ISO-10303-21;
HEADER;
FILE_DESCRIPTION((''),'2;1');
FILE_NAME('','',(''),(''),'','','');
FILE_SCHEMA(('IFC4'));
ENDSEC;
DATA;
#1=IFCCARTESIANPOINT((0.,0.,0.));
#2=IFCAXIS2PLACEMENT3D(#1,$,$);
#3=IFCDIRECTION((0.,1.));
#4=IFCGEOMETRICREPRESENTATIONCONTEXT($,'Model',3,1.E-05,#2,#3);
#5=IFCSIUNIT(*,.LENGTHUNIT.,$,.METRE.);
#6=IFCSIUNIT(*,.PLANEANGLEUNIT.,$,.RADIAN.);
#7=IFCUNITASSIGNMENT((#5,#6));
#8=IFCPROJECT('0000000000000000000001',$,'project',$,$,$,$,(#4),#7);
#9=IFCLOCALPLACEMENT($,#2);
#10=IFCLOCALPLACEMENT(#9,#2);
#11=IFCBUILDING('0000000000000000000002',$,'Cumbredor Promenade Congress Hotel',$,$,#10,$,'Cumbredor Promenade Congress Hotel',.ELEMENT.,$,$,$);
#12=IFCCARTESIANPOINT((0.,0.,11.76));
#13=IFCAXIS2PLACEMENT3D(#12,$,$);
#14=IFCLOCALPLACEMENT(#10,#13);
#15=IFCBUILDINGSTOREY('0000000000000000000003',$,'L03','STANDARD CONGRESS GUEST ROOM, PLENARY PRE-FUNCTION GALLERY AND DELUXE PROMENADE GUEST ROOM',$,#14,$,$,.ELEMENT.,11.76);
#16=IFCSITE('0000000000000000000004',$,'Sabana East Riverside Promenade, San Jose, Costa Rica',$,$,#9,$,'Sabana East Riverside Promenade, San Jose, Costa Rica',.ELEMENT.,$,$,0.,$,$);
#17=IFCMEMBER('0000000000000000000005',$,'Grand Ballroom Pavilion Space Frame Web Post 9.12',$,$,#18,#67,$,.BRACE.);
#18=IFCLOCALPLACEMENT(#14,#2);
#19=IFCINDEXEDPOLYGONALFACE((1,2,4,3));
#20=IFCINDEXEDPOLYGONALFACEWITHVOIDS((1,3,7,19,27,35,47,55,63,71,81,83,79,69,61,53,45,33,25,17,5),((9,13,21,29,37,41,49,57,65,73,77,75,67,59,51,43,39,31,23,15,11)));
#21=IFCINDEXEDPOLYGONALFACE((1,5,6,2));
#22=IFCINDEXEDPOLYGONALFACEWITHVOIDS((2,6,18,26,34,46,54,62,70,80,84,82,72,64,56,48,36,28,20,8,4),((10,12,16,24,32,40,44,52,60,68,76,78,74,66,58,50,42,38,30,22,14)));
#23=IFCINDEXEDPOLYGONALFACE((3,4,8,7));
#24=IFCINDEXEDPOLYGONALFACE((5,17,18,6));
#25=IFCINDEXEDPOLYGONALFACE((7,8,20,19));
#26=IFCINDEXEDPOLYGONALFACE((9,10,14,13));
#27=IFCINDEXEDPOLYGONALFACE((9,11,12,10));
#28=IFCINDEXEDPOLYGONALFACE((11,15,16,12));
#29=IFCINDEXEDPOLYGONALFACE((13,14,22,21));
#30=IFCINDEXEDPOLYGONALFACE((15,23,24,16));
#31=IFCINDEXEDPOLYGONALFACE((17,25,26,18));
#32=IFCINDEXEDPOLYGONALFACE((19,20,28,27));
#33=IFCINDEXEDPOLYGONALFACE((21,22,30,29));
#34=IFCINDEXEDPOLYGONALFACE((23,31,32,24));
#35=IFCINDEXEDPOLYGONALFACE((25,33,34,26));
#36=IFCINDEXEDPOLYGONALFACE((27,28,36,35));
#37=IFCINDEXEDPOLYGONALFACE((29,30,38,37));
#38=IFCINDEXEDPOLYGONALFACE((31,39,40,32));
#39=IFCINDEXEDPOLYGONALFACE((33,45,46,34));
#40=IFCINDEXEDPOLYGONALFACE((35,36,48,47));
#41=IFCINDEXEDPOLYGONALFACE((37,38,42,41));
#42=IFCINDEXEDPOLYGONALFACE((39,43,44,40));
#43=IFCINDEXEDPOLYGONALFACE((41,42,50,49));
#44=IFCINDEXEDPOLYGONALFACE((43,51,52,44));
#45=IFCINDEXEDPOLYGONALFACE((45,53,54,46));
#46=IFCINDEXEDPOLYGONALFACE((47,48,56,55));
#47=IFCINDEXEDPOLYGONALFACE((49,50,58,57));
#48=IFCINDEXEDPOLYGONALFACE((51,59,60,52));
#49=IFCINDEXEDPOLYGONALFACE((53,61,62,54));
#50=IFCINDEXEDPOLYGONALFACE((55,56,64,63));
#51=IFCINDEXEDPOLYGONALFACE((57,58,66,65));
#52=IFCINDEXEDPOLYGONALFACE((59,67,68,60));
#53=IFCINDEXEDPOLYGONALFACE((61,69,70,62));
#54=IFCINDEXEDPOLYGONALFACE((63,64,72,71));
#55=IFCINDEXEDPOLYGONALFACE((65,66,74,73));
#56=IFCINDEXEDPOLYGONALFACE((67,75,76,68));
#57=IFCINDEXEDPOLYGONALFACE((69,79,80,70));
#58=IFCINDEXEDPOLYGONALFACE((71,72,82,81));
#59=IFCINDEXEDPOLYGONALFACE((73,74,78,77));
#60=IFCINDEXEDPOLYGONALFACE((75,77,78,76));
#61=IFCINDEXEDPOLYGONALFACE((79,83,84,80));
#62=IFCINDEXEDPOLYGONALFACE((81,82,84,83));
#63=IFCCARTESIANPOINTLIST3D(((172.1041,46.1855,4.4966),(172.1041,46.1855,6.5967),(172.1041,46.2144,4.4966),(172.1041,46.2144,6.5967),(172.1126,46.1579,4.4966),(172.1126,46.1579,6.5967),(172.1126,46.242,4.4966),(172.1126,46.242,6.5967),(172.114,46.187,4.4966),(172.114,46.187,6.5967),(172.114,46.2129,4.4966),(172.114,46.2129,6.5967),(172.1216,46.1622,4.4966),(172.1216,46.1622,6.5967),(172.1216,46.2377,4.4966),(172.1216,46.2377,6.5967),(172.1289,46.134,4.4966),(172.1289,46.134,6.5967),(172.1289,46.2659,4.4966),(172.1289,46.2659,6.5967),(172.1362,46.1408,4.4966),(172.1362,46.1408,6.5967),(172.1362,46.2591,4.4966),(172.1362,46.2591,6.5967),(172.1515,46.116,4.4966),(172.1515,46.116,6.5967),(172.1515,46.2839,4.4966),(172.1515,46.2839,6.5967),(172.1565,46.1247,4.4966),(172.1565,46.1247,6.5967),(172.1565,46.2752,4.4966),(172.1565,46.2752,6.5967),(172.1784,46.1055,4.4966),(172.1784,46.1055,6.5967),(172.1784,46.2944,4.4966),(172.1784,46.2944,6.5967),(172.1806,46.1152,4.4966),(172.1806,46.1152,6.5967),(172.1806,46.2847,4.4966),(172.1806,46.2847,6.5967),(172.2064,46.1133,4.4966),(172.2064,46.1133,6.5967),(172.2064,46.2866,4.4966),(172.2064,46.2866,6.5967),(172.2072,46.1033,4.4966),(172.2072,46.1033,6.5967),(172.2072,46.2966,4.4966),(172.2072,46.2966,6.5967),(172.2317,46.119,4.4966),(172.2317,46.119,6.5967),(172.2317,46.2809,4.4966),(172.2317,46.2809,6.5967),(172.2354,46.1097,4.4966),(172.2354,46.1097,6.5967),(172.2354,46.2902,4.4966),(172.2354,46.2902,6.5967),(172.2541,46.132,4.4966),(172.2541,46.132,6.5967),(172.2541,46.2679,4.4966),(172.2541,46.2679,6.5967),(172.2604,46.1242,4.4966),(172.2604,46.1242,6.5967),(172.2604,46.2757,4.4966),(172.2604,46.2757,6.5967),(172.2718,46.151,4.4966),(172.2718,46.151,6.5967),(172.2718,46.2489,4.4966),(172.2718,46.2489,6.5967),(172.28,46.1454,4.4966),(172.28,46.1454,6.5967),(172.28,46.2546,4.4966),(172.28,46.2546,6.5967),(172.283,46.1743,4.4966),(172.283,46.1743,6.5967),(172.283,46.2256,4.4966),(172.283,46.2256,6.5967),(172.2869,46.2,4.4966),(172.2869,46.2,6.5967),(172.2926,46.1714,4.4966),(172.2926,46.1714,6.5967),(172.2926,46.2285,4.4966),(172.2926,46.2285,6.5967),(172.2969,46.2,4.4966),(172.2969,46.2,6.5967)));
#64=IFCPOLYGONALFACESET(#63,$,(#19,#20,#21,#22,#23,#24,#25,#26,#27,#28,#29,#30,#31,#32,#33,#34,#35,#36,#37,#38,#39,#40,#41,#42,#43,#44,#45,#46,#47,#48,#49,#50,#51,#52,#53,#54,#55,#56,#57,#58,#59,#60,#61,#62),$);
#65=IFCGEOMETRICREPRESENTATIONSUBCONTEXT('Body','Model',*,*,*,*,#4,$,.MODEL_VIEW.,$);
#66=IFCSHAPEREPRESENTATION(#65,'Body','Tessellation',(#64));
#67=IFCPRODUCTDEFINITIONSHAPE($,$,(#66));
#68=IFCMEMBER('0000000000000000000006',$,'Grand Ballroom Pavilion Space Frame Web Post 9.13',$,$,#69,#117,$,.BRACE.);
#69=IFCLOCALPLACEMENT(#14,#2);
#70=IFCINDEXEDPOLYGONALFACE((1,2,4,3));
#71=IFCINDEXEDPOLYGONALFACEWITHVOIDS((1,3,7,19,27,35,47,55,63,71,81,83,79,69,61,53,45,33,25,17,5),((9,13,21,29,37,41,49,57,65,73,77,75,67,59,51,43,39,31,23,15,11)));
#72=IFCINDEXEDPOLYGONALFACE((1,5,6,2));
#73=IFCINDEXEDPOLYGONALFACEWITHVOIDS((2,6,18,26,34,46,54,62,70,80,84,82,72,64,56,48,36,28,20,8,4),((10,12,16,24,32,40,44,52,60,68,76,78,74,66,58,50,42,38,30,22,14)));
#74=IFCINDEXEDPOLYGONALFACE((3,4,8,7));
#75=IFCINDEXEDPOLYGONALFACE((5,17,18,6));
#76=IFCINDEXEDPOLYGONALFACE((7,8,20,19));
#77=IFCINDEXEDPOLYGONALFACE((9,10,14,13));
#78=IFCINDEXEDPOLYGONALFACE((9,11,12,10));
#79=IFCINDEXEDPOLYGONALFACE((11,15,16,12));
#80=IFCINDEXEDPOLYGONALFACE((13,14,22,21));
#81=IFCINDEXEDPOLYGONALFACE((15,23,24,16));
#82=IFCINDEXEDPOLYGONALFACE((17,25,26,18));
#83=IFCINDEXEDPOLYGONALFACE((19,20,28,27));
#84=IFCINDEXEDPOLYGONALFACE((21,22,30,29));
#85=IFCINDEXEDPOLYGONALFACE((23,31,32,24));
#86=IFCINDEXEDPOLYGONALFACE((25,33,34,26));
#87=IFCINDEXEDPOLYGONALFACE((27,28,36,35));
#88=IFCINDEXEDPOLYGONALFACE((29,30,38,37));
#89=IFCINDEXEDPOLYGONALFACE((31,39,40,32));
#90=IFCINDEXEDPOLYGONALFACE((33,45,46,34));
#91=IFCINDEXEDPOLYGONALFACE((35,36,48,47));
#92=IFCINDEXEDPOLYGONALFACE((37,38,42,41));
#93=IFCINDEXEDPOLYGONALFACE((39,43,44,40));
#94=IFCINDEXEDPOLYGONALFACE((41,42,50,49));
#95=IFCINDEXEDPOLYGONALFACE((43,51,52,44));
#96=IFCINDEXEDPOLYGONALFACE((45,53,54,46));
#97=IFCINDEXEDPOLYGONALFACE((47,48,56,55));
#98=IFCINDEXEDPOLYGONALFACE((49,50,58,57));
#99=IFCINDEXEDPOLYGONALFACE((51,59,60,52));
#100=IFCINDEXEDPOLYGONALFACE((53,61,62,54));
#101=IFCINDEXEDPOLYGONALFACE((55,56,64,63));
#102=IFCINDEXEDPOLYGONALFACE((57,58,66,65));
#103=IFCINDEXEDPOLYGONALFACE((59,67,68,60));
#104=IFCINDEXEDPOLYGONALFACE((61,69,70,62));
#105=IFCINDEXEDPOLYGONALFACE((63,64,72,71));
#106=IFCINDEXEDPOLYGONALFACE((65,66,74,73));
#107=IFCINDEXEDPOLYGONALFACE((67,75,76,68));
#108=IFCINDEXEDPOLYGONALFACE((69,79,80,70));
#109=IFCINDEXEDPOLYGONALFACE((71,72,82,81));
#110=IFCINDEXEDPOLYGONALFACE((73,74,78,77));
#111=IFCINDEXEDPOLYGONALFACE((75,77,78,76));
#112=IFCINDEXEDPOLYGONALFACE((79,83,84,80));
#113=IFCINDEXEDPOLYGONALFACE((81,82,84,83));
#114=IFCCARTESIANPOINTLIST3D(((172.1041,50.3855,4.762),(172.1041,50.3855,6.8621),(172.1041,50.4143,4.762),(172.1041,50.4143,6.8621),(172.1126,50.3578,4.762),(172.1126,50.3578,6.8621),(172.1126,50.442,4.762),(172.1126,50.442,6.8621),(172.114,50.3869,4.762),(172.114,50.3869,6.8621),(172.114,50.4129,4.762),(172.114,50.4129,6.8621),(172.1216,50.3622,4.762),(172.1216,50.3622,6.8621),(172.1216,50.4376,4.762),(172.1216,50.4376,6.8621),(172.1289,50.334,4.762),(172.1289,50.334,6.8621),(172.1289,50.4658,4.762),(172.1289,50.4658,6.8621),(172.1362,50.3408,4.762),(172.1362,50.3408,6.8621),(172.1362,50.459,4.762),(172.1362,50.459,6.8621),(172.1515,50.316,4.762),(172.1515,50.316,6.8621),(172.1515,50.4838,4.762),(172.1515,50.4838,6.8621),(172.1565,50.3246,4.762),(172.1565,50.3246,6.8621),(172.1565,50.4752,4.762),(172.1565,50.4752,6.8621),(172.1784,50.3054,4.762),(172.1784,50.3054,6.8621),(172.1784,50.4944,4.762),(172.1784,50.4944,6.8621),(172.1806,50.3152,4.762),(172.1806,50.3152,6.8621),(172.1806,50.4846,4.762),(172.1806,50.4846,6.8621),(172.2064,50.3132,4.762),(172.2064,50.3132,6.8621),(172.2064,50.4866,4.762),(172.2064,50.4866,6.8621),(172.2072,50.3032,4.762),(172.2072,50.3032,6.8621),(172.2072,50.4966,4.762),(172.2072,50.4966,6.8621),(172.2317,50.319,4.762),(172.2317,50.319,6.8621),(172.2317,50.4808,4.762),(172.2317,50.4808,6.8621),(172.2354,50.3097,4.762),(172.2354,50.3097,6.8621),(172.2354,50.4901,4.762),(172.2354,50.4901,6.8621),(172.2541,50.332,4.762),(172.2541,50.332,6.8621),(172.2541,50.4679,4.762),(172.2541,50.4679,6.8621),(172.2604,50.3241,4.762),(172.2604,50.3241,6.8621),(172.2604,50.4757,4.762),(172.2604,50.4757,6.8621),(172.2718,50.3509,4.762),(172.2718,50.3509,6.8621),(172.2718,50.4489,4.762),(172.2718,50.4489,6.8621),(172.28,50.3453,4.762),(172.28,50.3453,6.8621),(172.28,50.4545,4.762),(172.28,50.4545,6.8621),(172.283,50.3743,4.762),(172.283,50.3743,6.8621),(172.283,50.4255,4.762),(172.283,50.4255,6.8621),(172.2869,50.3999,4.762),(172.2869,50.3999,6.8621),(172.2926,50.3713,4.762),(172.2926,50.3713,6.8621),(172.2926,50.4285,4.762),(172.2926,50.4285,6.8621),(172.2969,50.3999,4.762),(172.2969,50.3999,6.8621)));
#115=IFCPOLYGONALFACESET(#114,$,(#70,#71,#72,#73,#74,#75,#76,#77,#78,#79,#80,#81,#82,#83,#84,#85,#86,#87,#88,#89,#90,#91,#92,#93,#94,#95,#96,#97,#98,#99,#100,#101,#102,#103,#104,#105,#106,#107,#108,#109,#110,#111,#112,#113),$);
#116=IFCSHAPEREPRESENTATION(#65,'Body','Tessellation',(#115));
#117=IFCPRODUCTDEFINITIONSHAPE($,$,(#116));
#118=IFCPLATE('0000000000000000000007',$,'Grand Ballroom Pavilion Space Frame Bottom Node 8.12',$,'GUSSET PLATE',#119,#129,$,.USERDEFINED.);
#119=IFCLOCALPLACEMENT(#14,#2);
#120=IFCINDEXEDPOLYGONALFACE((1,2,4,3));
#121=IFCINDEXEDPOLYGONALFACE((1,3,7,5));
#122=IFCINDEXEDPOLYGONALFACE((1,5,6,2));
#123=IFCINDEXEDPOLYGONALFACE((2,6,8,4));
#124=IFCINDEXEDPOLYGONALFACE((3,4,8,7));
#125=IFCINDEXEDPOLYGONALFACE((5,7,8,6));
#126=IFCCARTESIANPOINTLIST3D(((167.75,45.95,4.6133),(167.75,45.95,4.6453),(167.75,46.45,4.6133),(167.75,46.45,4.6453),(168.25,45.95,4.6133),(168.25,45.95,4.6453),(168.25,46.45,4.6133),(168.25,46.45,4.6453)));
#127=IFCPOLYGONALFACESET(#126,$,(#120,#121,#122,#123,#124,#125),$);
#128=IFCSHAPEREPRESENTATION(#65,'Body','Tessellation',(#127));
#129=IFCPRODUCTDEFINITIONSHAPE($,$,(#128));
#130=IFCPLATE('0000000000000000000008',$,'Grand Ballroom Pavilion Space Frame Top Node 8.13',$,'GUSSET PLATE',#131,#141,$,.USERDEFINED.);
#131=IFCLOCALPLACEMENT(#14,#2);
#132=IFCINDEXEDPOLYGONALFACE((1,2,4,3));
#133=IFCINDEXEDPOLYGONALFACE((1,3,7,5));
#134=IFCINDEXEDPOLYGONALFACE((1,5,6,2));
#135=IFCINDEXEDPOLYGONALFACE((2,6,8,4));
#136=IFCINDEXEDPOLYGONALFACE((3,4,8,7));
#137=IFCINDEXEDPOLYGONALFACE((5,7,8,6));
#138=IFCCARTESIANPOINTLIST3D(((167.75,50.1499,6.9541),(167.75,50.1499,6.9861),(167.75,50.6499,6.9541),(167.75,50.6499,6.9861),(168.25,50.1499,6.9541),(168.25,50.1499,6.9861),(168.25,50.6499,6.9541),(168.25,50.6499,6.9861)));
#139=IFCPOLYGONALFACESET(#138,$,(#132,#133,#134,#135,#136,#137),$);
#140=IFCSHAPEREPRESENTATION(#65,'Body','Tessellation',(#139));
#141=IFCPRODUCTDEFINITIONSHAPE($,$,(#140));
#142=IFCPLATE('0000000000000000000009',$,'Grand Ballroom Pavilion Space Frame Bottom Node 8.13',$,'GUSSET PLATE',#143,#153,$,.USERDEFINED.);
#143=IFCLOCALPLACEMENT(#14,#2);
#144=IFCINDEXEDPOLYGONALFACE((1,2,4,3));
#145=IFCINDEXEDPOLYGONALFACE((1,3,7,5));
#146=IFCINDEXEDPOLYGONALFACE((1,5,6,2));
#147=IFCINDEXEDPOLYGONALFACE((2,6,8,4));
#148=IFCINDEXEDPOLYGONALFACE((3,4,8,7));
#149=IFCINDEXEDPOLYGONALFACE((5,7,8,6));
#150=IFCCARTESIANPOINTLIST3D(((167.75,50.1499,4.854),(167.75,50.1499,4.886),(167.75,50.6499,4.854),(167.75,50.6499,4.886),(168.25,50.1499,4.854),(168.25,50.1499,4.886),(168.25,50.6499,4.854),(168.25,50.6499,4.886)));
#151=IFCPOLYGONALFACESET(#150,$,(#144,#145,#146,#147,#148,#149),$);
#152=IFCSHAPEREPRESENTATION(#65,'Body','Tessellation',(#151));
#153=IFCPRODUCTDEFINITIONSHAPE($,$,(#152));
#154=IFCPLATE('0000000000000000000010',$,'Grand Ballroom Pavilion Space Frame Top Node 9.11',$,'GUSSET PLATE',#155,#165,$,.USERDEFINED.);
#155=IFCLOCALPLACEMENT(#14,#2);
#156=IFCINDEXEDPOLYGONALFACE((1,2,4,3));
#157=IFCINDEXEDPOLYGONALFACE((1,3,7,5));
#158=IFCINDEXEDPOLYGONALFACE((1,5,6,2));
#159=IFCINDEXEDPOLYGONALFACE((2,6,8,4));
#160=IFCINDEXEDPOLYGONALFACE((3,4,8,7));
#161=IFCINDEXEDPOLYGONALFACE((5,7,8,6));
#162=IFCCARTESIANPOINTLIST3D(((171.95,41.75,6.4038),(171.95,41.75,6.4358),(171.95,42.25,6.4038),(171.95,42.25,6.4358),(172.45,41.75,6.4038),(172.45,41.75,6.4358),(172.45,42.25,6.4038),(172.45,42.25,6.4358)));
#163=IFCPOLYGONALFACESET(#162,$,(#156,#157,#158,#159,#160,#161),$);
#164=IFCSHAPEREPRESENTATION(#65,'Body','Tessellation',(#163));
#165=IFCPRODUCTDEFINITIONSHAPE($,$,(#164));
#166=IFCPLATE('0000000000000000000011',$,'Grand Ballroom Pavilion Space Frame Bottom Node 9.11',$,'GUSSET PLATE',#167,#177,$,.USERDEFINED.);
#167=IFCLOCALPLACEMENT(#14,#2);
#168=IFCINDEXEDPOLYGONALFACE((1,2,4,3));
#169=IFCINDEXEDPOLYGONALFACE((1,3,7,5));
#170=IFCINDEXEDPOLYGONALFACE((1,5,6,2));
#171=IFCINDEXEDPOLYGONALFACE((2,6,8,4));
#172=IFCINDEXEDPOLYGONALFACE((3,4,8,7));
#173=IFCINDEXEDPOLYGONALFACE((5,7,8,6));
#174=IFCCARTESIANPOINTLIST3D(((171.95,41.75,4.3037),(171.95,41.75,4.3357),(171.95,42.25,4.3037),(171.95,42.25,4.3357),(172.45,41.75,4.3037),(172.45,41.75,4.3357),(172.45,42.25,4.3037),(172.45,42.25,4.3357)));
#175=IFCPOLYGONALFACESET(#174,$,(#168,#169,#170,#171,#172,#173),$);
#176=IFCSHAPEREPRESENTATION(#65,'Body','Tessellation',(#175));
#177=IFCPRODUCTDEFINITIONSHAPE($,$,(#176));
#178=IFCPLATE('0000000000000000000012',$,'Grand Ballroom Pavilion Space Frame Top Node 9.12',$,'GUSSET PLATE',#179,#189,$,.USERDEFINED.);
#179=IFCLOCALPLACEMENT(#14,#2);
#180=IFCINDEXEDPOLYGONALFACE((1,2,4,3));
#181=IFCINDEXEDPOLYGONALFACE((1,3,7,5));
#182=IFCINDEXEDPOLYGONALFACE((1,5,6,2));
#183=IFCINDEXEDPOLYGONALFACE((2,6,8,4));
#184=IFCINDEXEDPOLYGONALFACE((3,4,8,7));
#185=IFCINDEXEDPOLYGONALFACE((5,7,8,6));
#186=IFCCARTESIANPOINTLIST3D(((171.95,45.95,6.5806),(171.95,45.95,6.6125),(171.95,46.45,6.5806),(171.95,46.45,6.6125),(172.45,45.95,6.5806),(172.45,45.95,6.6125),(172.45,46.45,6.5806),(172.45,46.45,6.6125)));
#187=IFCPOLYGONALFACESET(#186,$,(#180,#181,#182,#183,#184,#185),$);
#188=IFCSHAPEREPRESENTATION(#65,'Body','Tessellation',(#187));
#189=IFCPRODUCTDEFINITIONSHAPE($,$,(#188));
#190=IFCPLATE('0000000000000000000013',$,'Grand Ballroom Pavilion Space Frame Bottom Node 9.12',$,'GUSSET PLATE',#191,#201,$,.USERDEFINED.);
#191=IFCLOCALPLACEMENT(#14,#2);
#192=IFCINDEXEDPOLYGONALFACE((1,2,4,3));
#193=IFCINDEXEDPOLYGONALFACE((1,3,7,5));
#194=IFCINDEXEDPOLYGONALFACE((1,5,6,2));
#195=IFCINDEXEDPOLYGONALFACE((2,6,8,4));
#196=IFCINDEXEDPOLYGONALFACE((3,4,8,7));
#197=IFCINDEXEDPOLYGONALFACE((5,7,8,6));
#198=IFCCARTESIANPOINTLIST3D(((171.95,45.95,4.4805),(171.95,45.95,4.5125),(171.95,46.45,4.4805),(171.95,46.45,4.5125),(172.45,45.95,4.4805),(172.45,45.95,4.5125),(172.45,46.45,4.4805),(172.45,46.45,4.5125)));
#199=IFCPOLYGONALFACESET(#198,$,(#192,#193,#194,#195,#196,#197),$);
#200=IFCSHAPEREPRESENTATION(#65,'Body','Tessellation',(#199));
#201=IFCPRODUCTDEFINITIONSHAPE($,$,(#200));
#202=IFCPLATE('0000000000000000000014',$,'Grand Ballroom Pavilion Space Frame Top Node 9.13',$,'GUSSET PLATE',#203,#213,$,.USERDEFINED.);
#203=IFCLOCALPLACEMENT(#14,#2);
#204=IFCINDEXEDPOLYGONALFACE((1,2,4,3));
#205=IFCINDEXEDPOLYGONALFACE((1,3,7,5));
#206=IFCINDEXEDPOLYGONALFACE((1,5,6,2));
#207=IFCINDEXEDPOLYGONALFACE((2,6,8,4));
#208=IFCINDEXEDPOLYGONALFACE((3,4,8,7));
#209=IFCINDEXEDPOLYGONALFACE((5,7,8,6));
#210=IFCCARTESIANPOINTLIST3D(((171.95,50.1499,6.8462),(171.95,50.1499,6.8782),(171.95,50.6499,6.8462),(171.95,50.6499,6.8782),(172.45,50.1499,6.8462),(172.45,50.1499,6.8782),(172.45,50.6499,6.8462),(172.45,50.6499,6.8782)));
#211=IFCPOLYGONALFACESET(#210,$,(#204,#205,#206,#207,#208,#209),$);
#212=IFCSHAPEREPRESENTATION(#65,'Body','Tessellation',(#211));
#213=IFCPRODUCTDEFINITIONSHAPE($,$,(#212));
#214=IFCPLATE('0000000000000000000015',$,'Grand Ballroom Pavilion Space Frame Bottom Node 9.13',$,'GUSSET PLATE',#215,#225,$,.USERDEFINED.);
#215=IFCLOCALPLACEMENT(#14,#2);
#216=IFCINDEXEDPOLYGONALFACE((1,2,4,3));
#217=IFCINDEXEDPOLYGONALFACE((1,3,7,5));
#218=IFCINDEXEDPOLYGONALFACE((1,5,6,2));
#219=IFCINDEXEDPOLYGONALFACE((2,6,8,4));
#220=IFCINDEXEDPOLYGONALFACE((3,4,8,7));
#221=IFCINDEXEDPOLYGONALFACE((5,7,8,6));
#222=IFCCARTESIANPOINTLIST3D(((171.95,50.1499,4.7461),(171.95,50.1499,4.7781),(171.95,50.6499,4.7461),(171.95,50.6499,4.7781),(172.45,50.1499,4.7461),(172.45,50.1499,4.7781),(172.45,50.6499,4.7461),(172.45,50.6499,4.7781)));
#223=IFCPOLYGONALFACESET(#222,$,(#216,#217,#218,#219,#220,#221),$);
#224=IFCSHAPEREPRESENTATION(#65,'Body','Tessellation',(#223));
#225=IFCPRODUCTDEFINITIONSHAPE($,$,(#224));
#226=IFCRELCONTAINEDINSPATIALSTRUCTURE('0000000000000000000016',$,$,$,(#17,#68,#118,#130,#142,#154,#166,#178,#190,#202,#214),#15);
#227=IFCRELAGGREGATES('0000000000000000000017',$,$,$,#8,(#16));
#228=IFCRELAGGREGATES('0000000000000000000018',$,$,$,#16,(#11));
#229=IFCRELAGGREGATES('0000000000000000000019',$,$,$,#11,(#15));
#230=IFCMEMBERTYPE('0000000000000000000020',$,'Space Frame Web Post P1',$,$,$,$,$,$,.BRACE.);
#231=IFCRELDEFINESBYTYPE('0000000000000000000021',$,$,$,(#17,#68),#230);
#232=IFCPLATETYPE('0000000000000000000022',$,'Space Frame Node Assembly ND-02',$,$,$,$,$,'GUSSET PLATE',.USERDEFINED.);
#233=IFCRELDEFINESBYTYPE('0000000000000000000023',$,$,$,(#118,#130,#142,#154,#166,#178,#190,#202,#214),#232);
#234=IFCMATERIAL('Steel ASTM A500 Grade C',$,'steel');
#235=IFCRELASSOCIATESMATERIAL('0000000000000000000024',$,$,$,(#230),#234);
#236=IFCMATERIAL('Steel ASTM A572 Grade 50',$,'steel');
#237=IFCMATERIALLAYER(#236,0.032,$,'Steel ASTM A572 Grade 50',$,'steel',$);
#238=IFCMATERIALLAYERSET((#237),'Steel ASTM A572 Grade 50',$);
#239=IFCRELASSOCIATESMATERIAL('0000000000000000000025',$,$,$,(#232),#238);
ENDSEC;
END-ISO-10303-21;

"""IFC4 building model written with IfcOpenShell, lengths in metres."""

from ifc_helpers import new_model, si_unit, direction, frame, origin, origin_2d, place, context, subcontext, project, spatial, rectangle, hollow_circle, extrude, material, layer, layer_set, material_profile, profile_set, type_object, element, save


model = new_model("IFC4")

# Units and contexts
model_context = context("Model", 3, precision=1e-05, world=origin(), true_north=direction((0.0, 1.0)))
body_context = subcontext(model_context, "Body", "Model", "MODEL_VIEW")
ifc_project = project(units=[si_unit("LENGTHUNIT", "METRE"), si_unit("PLANEANGLEUNIT", "RADIAN")], contexts=[model_context])

# Site, building, storey
site_placement = place(None, origin())
site = spatial("IfcSite", under=ifc_project, at=site_placement, Name="Sabana East Riverside Promenade, San Jose, Costa Rica", LongName="Sabana East Riverside Promenade, San Jose, Costa Rica", CompositionType="ELEMENT", RefElevation=0.0)
building_placement = place(site_placement, origin())
building = spatial("IfcBuilding", under=site, at=building_placement, Name="Cumbredor Promenade Congress Hotel", LongName="Cumbredor Promenade Congress Hotel", CompositionType="ELEMENT")
storey_placement = place(building_placement, frame((0.0, 0.0, 11.76)))
storey = spatial("IfcBuildingStorey", under=building, at=storey_placement, Name="L03", Description="STANDARD CONGRESS GUEST ROOM, PLENARY PRE-FUNCTION GALLERY AND DELUXE PROMENADE GUEST ROOM", CompositionType="ELEMENT", Elevation=11.76)

# Members
ifc_material_1 = material(Name="Steel ASTM A500 Grade C", Category="steel")
ifc_material_profile_1 = material_profile(ifc_material_1, hollow_circle(Radius=0.0969, WallThickness=0.01, at=origin_2d()), Name="CHS 193.7x10")
ifc_profile_set_1 = profile_set([ifc_material_profile_1], Name="Steel ASTM A500 Grade C")
member_type_1 = type_object("IfcMemberType", Name="Space Frame Web Post P1", PredefinedType="BRACE", material=ifc_profile_set_1)
for number, where, z_axis, x_axis, name in (
    (1, (172.2, 46.2, 4.4966), (0.0, 0.0, 1.0), (1.0, 0.0, 0.0), "Grand Ballroom Pavilion Space Frame Web Post 9.12"),
    (2, (172.2, 50.3999, 4.762), (0.0, 0.0, 1.0), (1.0, 0.0, 0.0), "Grand Ballroom Pavilion Space Frame Web Post 9.13"),
):
    element("IfcMember", number, at=place(storey_placement, frame(where, z_axis=z_axis, x_axis=x_axis)), inside=storey, type_object=member_type_1, Name=name, PredefinedType="BRACE", context=body_context, shape_type="SweptSolid", body=[
        extrude(hollow_circle(Radius=0.0969, WallThickness=0.01, at=origin_2d()), origin(), (0.0, 0.0, 1.0), 2.1001),
    ])

# Plates
ifc_material_2 = material(Name="Steel ASTM A572 Grade 50", Category="steel")
ifc_layer = layer(ifc_material_2, 0.032, Name="Steel ASTM A572 Grade 50", Category="steel")
ifc_layer_set = layer_set([ifc_layer], Name="Steel ASTM A572 Grade 50")
plate_type = type_object("IfcPlateType", Name="Space Frame Node Assembly ND-02", ElementType="GUSSET PLATE", PredefinedType="USERDEFINED", material=ifc_layer_set)
for number, where, z_axis, x_axis, name in (
    (3, (168.0, 46.2, 4.6133), (0.0, 0.0, 1.0), (1.0, 0.0, 0.0), "Grand Ballroom Pavilion Space Frame Bottom Node 8.12"),
    (4, (168.0, 50.3999, 6.9541), (0.0, 0.0, 1.0), (1.0, 0.0, 0.0), "Grand Ballroom Pavilion Space Frame Top Node 8.13"),
    (5, (168.0, 50.3999, 4.854), (0.0, 0.0, 1.0), (1.0, 0.0, 0.0), "Grand Ballroom Pavilion Space Frame Bottom Node 8.13"),
    (6, (172.2, 42.0, 6.4038), (0.0, 0.0, 1.0), (1.0, 0.0, 0.0), "Grand Ballroom Pavilion Space Frame Top Node 9.11"),
    (7, (172.2, 42.0, 4.3037), (0.0, 0.0, 1.0), (1.0, 0.0, 0.0), "Grand Ballroom Pavilion Space Frame Bottom Node 9.11"),
    (8, (172.2, 46.2, 6.5806), (0.0, 0.0, 1.0), (1.0, 0.0, 0.0), "Grand Ballroom Pavilion Space Frame Top Node 9.12"),
    (9, (172.2, 46.2, 4.4805), (0.0, 0.0, 1.0), (1.0, 0.0, 0.0), "Grand Ballroom Pavilion Space Frame Bottom Node 9.12"),
    (10, (172.2, 50.3999, 6.8462), (0.0, 0.0, 1.0), (1.0, 0.0, 0.0), "Grand Ballroom Pavilion Space Frame Top Node 9.13"),
    (11, (172.2, 50.3999, 4.7461), (0.0, 0.0, 1.0), (1.0, 0.0, 0.0), "Grand Ballroom Pavilion Space Frame Bottom Node 9.13"),
):
    element("IfcPlate", number, at=place(storey_placement, frame(where, z_axis=z_axis, x_axis=x_axis)), inside=storey, type_object=plate_type, Name=name, ObjectType="GUSSET PLATE", PredefinedType="USERDEFINED", context=body_context, shape_type="SweptSolid", body=[
        extrude(rectangle(XDim=0.5, YDim=0.5, at=origin_2d()), origin(), (0.0, 0.0, 1.0), 0.032),
    ])

save(model, "model.ifc")
